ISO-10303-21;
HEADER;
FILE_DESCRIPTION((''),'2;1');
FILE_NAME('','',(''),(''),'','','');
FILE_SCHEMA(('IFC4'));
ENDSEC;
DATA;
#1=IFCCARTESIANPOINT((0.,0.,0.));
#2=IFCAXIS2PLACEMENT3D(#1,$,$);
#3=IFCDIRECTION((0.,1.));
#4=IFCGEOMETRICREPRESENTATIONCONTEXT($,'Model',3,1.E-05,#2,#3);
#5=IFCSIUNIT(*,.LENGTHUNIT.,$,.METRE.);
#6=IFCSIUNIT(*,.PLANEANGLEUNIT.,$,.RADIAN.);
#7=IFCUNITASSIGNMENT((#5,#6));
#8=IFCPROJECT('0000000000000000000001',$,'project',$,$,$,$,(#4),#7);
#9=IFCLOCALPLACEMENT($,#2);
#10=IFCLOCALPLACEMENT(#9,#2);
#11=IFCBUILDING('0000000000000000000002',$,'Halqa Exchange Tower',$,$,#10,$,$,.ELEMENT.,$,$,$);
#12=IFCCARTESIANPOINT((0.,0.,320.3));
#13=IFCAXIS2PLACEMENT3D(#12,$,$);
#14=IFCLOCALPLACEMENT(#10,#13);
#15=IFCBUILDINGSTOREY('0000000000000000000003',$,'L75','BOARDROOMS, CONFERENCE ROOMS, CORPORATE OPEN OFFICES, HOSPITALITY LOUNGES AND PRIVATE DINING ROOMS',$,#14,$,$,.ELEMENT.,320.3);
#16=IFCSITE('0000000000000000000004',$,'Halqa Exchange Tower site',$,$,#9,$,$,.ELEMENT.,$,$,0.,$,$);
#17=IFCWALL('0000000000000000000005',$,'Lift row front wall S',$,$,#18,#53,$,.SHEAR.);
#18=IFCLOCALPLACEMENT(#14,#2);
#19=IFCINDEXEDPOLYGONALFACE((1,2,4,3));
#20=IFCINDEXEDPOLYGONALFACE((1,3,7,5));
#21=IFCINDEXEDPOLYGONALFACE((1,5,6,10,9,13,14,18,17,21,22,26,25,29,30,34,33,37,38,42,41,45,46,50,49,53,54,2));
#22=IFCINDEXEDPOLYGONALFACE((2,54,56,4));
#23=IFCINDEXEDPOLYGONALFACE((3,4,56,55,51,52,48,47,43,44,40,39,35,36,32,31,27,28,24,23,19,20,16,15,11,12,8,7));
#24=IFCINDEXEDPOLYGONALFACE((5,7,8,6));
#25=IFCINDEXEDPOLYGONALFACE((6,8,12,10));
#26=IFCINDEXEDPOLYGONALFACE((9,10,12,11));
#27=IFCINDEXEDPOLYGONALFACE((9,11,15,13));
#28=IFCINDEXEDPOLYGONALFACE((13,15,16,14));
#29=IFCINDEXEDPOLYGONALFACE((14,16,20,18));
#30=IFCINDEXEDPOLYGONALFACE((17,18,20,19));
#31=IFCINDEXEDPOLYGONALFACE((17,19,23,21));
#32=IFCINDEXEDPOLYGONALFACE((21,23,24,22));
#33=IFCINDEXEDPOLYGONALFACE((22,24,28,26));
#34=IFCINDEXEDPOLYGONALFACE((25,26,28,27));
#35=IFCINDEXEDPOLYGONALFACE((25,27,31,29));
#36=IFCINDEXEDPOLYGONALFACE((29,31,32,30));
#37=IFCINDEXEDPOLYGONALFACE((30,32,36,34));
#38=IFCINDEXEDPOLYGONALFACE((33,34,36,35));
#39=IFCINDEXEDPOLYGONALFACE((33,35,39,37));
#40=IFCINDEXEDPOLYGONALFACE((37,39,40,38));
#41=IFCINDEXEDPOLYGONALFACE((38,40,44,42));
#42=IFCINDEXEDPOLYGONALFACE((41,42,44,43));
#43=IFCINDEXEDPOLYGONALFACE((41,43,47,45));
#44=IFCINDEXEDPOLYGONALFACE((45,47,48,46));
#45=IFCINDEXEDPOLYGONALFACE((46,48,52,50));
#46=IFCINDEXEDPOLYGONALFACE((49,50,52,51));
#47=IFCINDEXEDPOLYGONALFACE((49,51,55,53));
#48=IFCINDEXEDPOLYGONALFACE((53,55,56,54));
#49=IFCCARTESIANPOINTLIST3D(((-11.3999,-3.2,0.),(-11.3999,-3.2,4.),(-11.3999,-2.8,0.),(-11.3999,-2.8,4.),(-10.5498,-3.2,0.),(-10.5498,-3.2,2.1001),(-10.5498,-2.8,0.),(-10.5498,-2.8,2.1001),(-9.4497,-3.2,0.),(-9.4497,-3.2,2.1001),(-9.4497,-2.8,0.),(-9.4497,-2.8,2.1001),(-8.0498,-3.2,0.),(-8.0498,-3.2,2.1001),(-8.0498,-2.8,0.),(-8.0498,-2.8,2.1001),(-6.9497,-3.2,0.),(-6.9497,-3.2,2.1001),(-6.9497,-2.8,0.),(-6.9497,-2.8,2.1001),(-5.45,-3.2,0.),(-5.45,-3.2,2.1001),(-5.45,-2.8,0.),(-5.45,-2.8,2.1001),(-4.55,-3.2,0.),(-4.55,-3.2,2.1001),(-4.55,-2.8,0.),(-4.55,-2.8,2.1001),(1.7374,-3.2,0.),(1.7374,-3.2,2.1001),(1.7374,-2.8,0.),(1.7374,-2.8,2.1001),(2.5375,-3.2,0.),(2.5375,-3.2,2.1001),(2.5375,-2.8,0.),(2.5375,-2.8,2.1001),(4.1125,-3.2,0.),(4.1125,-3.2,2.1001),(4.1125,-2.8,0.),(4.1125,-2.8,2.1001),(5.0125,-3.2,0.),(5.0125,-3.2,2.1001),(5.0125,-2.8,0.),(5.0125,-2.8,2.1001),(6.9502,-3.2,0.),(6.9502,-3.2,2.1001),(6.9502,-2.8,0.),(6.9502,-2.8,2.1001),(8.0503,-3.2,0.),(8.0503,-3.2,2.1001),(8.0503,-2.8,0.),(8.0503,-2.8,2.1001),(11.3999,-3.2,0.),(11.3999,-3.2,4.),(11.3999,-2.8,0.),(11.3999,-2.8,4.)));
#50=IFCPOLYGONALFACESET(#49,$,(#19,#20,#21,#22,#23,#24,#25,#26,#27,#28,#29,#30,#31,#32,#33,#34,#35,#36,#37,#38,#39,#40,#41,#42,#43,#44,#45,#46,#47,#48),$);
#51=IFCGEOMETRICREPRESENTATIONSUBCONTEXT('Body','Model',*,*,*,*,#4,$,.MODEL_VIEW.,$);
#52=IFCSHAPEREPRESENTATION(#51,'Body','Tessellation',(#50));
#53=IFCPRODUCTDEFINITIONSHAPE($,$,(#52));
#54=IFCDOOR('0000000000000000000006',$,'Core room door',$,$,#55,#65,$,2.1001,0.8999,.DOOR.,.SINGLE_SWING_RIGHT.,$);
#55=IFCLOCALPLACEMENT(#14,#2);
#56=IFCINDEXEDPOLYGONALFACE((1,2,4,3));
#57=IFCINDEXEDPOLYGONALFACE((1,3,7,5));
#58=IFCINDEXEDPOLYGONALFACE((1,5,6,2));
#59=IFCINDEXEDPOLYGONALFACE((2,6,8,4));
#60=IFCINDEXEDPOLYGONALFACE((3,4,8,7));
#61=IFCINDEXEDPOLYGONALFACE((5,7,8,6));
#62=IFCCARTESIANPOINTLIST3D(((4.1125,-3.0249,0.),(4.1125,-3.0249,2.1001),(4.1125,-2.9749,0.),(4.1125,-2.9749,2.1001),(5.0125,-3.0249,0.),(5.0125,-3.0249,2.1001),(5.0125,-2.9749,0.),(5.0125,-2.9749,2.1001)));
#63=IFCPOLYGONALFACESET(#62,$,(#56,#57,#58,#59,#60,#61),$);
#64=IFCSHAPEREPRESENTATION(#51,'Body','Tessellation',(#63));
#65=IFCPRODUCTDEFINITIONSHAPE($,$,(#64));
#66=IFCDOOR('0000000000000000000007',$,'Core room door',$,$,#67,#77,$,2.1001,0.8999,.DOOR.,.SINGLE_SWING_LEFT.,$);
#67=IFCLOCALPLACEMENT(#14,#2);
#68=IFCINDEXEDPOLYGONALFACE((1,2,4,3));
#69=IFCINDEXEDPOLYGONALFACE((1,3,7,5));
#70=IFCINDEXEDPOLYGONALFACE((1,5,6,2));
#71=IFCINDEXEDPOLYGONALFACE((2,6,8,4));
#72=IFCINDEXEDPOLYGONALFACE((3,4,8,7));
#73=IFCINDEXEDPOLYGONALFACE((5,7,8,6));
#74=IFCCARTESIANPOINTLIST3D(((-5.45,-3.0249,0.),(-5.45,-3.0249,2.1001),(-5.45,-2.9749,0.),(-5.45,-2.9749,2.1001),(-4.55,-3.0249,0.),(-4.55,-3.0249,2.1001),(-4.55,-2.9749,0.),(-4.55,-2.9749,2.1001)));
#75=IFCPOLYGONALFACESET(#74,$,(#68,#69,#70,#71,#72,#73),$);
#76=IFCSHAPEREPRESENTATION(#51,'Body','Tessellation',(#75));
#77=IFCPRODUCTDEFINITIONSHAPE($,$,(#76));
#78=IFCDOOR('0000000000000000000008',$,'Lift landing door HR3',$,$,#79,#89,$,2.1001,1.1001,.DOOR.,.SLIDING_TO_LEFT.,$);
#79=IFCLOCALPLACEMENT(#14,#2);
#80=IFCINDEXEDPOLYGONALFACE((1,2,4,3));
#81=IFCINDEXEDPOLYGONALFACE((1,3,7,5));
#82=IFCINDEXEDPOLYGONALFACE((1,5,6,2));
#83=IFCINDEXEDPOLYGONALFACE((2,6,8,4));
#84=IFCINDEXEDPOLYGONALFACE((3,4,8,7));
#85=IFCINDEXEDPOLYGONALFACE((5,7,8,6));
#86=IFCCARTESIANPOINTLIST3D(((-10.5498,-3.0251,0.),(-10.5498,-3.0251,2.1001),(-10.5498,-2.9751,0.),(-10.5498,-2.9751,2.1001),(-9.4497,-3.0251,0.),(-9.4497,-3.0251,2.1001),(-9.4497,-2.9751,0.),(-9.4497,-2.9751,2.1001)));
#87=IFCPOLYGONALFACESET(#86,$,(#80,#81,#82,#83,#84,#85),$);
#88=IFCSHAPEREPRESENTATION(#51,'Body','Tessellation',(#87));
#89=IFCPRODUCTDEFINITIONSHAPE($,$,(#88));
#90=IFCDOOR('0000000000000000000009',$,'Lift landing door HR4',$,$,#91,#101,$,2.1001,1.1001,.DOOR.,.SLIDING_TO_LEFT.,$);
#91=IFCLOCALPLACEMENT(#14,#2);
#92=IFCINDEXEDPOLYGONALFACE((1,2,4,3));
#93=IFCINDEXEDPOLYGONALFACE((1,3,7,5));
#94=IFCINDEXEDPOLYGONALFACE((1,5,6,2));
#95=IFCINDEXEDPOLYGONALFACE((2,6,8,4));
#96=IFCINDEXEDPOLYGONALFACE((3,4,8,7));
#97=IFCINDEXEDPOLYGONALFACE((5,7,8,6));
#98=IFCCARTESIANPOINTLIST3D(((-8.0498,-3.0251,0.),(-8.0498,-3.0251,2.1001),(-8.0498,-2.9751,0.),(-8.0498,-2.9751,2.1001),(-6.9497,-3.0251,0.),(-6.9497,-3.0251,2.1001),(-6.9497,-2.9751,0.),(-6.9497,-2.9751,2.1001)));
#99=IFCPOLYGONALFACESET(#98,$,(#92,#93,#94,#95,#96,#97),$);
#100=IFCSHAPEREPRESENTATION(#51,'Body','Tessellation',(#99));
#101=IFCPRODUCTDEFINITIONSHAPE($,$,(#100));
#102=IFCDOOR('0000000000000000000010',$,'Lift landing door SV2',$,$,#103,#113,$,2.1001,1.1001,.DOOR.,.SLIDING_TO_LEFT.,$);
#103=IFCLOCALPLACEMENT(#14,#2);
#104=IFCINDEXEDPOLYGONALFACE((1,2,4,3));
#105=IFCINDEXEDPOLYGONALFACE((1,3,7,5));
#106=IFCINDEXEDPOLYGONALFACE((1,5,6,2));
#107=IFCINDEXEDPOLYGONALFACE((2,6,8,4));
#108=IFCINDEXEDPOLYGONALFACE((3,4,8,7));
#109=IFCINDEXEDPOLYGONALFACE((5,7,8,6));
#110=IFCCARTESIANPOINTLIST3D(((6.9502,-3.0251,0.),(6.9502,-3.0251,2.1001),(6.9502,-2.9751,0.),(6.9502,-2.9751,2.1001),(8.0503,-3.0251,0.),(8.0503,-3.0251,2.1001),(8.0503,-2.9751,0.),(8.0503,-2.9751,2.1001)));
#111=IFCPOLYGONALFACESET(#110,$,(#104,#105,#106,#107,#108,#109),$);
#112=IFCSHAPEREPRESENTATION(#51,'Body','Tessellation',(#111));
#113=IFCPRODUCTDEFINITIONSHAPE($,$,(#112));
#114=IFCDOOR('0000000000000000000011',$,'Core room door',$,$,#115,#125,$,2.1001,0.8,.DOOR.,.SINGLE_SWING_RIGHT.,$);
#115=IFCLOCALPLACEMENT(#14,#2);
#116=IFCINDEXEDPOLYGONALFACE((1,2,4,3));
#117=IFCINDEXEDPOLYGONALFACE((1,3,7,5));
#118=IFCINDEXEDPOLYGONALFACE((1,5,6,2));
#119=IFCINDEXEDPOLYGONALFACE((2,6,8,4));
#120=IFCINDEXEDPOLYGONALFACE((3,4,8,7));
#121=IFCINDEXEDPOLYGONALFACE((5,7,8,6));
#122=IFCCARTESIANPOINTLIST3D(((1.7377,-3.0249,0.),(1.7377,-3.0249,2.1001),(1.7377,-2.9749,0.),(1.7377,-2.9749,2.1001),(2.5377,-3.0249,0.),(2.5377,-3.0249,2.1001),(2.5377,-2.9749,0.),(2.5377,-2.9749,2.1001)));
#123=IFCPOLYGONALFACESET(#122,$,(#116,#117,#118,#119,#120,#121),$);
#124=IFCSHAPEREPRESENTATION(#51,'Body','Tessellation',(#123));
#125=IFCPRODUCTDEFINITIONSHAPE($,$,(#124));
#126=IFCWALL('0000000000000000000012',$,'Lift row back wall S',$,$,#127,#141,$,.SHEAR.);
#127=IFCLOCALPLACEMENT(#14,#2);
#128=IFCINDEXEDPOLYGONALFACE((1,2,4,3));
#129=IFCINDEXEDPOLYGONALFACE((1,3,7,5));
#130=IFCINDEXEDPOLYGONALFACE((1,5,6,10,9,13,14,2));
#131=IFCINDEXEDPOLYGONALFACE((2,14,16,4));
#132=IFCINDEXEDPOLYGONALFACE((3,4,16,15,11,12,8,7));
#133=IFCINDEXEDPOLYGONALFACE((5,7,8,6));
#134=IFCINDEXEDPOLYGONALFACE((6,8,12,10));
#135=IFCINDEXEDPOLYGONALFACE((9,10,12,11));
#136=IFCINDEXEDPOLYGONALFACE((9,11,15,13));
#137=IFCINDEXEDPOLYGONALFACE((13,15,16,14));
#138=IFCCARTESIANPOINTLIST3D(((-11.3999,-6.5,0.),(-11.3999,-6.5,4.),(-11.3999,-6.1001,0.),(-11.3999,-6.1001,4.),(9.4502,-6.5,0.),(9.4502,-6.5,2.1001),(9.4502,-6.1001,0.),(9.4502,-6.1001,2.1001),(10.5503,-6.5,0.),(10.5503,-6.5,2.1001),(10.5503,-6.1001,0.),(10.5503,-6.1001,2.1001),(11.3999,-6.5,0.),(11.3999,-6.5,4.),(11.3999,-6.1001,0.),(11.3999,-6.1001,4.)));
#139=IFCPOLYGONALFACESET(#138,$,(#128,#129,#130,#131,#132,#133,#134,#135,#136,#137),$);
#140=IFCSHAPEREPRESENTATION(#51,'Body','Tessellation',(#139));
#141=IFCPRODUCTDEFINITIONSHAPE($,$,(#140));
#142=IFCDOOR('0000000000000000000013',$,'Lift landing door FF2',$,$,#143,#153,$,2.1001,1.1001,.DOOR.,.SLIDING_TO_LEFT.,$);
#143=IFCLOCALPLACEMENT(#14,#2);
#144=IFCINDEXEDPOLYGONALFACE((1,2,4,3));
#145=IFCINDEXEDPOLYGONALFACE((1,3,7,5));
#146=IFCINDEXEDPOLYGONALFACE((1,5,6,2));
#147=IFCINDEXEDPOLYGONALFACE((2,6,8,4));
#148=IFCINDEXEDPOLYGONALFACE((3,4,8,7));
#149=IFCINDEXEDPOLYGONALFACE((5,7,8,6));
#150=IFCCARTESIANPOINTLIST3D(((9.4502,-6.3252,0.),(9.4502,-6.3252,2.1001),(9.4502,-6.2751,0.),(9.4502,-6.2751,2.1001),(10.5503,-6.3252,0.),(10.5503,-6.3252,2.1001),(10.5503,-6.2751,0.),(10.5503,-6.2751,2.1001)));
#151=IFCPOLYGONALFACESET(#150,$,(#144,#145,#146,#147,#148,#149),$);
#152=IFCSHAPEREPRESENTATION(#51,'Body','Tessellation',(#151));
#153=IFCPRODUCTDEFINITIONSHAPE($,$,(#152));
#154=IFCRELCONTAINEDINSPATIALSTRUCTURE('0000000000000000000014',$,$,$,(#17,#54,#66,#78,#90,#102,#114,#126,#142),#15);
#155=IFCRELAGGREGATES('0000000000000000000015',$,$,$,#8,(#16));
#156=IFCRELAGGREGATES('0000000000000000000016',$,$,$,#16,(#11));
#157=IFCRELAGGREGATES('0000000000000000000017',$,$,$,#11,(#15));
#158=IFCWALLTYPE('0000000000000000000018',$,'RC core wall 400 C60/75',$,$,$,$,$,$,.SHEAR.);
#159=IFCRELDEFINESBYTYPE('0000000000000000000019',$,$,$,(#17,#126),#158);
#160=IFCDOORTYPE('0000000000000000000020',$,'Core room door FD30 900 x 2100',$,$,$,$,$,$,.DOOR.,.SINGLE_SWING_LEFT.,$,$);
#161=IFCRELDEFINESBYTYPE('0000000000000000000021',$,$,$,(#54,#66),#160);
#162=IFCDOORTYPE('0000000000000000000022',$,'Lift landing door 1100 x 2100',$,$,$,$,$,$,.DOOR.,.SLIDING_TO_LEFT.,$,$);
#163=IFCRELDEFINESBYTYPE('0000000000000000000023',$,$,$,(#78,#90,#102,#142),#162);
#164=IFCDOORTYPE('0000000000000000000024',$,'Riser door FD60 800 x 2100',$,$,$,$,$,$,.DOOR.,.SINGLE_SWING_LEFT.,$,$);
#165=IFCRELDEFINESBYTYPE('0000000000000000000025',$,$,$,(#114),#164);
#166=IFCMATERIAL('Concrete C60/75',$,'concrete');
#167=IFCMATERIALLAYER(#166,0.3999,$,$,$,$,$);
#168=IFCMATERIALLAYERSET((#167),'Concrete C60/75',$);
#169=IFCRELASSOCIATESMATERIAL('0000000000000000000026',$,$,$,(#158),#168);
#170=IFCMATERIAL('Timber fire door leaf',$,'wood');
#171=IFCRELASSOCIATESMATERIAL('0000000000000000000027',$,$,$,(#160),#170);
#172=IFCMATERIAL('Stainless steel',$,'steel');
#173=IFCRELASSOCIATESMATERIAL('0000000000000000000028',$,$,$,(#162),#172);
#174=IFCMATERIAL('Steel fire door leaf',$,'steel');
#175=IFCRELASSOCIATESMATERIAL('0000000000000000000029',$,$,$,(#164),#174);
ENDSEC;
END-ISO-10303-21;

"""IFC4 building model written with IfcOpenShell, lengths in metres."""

from ifc_helpers import new_model, si_unit, direction, frame, frame_2d, origin, place, context, subcontext, project, spatial, rectangle, extrude, material, layer, layer_set, type_object, element, fill, save


model = new_model("IFC4")

# Units and contexts
model_context = context("Model", 3, precision=1e-05, world=origin(), true_north=direction((0.0, 1.0)))
body_context = subcontext(model_context, "Body", "Model", "MODEL_VIEW")
ifc_project = project(units=[si_unit("LENGTHUNIT", "METRE"), si_unit("PLANEANGLEUNIT", "RADIAN")], contexts=[model_context])

# Site, building, storey
site_placement = place(None, origin())
site = spatial("IfcSite", under=ifc_project, at=site_placement, Name="Halqa Exchange Tower site", CompositionType="ELEMENT", RefElevation=0.0)
building_placement = place(site_placement, origin())
building = spatial("IfcBuilding", under=site, at=building_placement, Name="Halqa Exchange Tower", CompositionType="ELEMENT")
storey_placement = place(building_placement, frame((0.0, 0.0, 320.3)))
storey = spatial("IfcBuildingStorey", under=building, at=storey_placement, Name="L75", Description="BOARDROOMS, CONFERENCE ROOMS, CORPORATE OPEN OFFICES, HOSPITALITY LOUNGES AND PRIVATE DINING ROOMS", CompositionType="ELEMENT", Elevation=320.3)

# Shared definitions
ifc_material_1 = material(Name="Concrete C60/75", Category="concrete")

# Wall, openings, doors
ifc_layer_1 = layer(ifc_material_1, 0.3999)
ifc_layer_set_1 = layer_set([ifc_layer_1], Name="Concrete C60/75")
wall_type_1 = type_object("IfcWallType", Name="RC core wall 400 C60/75", PredefinedType="SHEAR", material=ifc_layer_set_1)
wall_1_placement = place(storey_placement, frame((-11.3999, -3.0, 0.0), z_axis=(0.0, 0.0, 1.0), x_axis=(1.0, 0.0, 0.0)))
wall_1 = element("IfcWall", 1, at=wall_1_placement, inside=storey, type_object=wall_type_1, Name="Lift row front wall S", PredefinedType="SHEAR", context=body_context, shape_type="SweptSolid", body=[
    extrude(rectangle(XDim=22.7998, YDim=0.3999, at=frame_2d((11.3999, 0.0))), origin(), (0.0, 0.0, 1.0), 4.0),
])
opening_1_placement = place(wall_1_placement, frame((0.8501, 0.0, 0.0)))
opening_1 = element("IfcOpeningElement", 2, at=opening_1_placement, cuts=wall_1, PredefinedType="OPENING", context=body_context, shape_type="SweptSolid", body=[
    extrude(rectangle(XDim=1.1001, YDim=2.1001, at=frame_2d((0.55, 1.05))), frame((0.0, 0.2119, 0.0), z_axis=(0.0, -1.0, 0.0), x_axis=(1.0, 0.0, 0.0)), (0.0, 0.0, 1.0), 0.4238),
])
opening_2_placement = place(wall_1_placement, frame((3.3501, 0.0, 0.0)))
opening_2 = element("IfcOpeningElement", 3, at=opening_2_placement, cuts=wall_1, PredefinedType="OPENING", context=body_context, shape_type="SweptSolid", body=[
    extrude(rectangle(XDim=1.1001, YDim=2.1001, at=frame_2d((0.55, 1.05))), frame((0.0, 0.2119, 0.0), z_axis=(0.0, -1.0, 0.0), x_axis=(1.0, 0.0, 0.0)), (0.0, 0.0, 1.0), 0.4238),
])
opening_3_placement = place(wall_1_placement, frame((18.3501, 0.0, 0.0)))
opening_3 = element("IfcOpeningElement", 4, at=opening_3_placement, cuts=wall_1, PredefinedType="OPENING", context=body_context, shape_type="SweptSolid", body=[
    extrude(rectangle(XDim=1.1001, YDim=2.1001, at=frame_2d((0.55, 1.05))), frame((0.0, 0.2119, 0.0), z_axis=(0.0, -1.0, 0.0), x_axis=(1.0, 0.0, 0.0)), (0.0, 0.0, 1.0), 0.4238),
])
opening_4_placement = place(wall_1_placement, frame((13.1375, 0.0, 0.0)))
opening_4 = element("IfcOpeningElement", 5, at=opening_4_placement, cuts=wall_1, PredefinedType="OPENING", context=body_context, shape_type="SweptSolid", body=[
    extrude(rectangle(XDim=0.8, YDim=2.1001, at=frame_2d((0.3999, 1.05))), frame((0.0, 0.2119, 0.0), z_axis=(0.0, -1.0, 0.0), x_axis=(1.0, 0.0, 0.0)), (0.0, 0.0, 1.0), 0.4238),
])
opening_5_placement = place(wall_1_placement, frame((15.5125, 0.0, 0.0)))
opening_5 = element("IfcOpeningElement", 6, at=opening_5_placement, cuts=wall_1, PredefinedType="OPENING", context=body_context, shape_type="SweptSolid", body=[
    extrude(rectangle(XDim=0.8999, YDim=2.1001, at=frame_2d((0.45, 1.05))), frame((0.0, 0.2119, 0.0), z_axis=(0.0, -1.0, 0.0), x_axis=(1.0, 0.0, 0.0)), (0.0, 0.0, 1.0), 0.4238),
])
opening_6_placement = place(wall_1_placement, frame((5.95, 0.0, 0.0)))
opening_6 = element("IfcOpeningElement", 7, at=opening_6_placement, cuts=wall_1, PredefinedType="OPENING", context=body_context, shape_type="SweptSolid", body=[
    extrude(rectangle(XDim=0.8999, YDim=2.1001, at=frame_2d((0.45, 1.05))), frame((0.0, 0.2119, 0.0), z_axis=(0.0, -1.0, 0.0), x_axis=(1.0, 0.0, 0.0)), (0.0, 0.0, 1.0), 0.4238),
])
ifc_material_2 = material(Name="Timber fire door leaf", Category="wood")
door_type_1 = type_object("IfcDoorType", Name="Core room door FD30 900 x 2100", OperationType="SINGLE_SWING_LEFT", PredefinedType="DOOR", material=ifc_material_2)
door_1_placement = place(opening_5_placement, frame((0.8999, 0.0, 0.0), z_axis=(0.0, 0.0, 1.0), x_axis=(-1.0, 0.0, 0.0)))
door_1 = element("IfcDoor", 8, at=door_1_placement, inside=storey, type_object=door_type_1, Name="Core room door", OperationType="SINGLE_SWING_RIGHT", OverallHeight=2.1001, OverallWidth=0.8999, PredefinedType="DOOR", context=body_context, shape_type="SweptSolid", body=[
    extrude(rectangle(XDim=0.8999, YDim=2.1001, at=frame_2d((0.45, 1.05))), frame((0.0, 0.0249, 0.0), z_axis=(0.0, -1.0, 0.0), x_axis=(1.0, 0.0, 0.0)), (0.0, 0.0, 1.0), 0.05),
])
fill(opening_5, door_1)
door_2_placement = place(opening_6_placement, frame((0.8999, 0.0, 0.0), z_axis=(0.0, 0.0, 1.0), x_axis=(-1.0, 0.0, 0.0)))
door_2 = element("IfcDoor", 9, at=door_2_placement, inside=storey, type_object=door_type_1, Name="Core room door", OperationType="SINGLE_SWING_LEFT", OverallHeight=2.1001, OverallWidth=0.8999, PredefinedType="DOOR", context=body_context, shape_type="SweptSolid", body=[
    extrude(rectangle(XDim=0.8999, YDim=2.1001, at=frame_2d((0.45, 1.05))), frame((0.0, 0.0249, 0.0), z_axis=(0.0, -1.0, 0.0), x_axis=(1.0, 0.0, 0.0)), (0.0, 0.0, 1.0), 0.05),
])
fill(opening_6, door_2)
ifc_material_3 = material(Name="Stainless steel", Category="steel")
door_type_2 = type_object("IfcDoorType", Name="Lift landing door 1100 x 2100", OperationType="SLIDING_TO_LEFT", PredefinedType="DOOR", material=ifc_material_3)
door_3_placement = place(opening_1_placement, origin())
door_3 = element("IfcDoor", 10, at=door_3_placement, inside=storey, type_object=door_type_2, Name="Lift landing door HR3", OperationType="SLIDING_TO_LEFT", OverallHeight=2.1001, OverallWidth=1.1001, PredefinedType="DOOR", context=body_context, shape_type="SweptSolid", body=[
    extrude(rectangle(XDim=1.1001, YDim=2.1001, at=frame_2d((0.55, 1.05))), frame((0.0, 0.0249, 0.0), z_axis=(0.0, -1.0, 0.0), x_axis=(1.0, 0.0, 0.0)), (0.0, 0.0, 1.0), 0.05),
])
fill(opening_1, door_3)
door_4_placement = place(opening_2_placement, origin())
door_4 = element("IfcDoor", 11, at=door_4_placement, inside=storey, type_object=door_type_2, Name="Lift landing door HR4", OperationType="SLIDING_TO_LEFT", OverallHeight=2.1001, OverallWidth=1.1001, PredefinedType="DOOR", context=body_context, shape_type="SweptSolid", body=[
    extrude(rectangle(XDim=1.1001, YDim=2.1001, at=frame_2d((0.55, 1.05))), frame((0.0, 0.0249, 0.0), z_axis=(0.0, -1.0, 0.0), x_axis=(1.0, 0.0, 0.0)), (0.0, 0.0, 1.0), 0.05),
])
fill(opening_2, door_4)
door_5_placement = place(opening_3_placement, origin())
door_5 = element("IfcDoor", 12, at=door_5_placement, inside=storey, type_object=door_type_2, Name="Lift landing door SV2", OperationType="SLIDING_TO_LEFT", OverallHeight=2.1001, OverallWidth=1.1001, PredefinedType="DOOR", context=body_context, shape_type="SweptSolid", body=[
    extrude(rectangle(XDim=1.1001, YDim=2.1001, at=frame_2d((0.55, 1.05))), frame((0.0, 0.0249, 0.0), z_axis=(0.0, -1.0, 0.0), x_axis=(1.0, 0.0, 0.0)), (0.0, 0.0, 1.0), 0.05),
])
fill(opening_3, door_5)
ifc_material_4 = material(Name="Steel fire door leaf", Category="steel")
door_type_3 = type_object("IfcDoorType", Name="Riser door FD60 800 x 2100", OperationType="SINGLE_SWING_LEFT", PredefinedType="DOOR", material=ifc_material_4)
door_6_placement = place(opening_4_placement, frame((0.8, 0.0, 0.0), z_axis=(0.0, 0.0, 1.0), x_axis=(-1.0, 0.0, 0.0)))
door_6 = element("IfcDoor", 13, at=door_6_placement, inside=storey, type_object=door_type_3, Name="Core room door", OperationType="SINGLE_SWING_RIGHT", OverallHeight=2.1001, OverallWidth=0.8, PredefinedType="DOOR", context=body_context, shape_type="SweptSolid", body=[
    extrude(rectangle(XDim=0.8, YDim=2.1001, at=frame_2d((0.3999, 1.05))), frame((0.0, 0.0249, 0.0), z_axis=(0.0, -1.0, 0.0), x_axis=(1.0, 0.0, 0.0)), (0.0, 0.0, 1.0), 0.05),
])
fill(opening_4, door_6)

# Wall, opening, door
wall_2_placement = place(storey_placement, frame((-11.3999, -6.3, 0.0), z_axis=(0.0, 0.0, 1.0), x_axis=(1.0, 0.0, 0.0)))
wall_2 = element("IfcWall", 14, at=wall_2_placement, inside=storey, type_object=wall_type_1, Name="Lift row back wall S", PredefinedType="SHEAR", context=body_context, shape_type="SweptSolid", body=[
    extrude(rectangle(XDim=22.7998, YDim=0.3999, at=frame_2d((11.3999, 0.0))), origin(), (0.0, 0.0, 1.0), 4.0),
])
opening_7_placement = place(wall_2_placement, frame((20.8501, 0.0, 0.0)))
opening_7 = element("IfcOpeningElement", 15, at=opening_7_placement, cuts=wall_2, PredefinedType="OPENING", context=body_context, shape_type="SweptSolid", body=[
    extrude(rectangle(XDim=1.1001, YDim=2.1001, at=frame_2d((0.55, 1.05))), frame((0.0, 0.2119, 0.0), z_axis=(0.0, -1.0, 0.0), x_axis=(1.0, 0.0, 0.0)), (0.0, 0.0, 1.0), 0.4238),
])
door_7_placement = place(opening_7_placement, origin())
door_7 = element("IfcDoor", 16, at=door_7_placement, inside=storey, type_object=door_type_2, Name="Lift landing door FF2", OperationType="SLIDING_TO_LEFT", OverallHeight=2.1001, OverallWidth=1.1001, PredefinedType="DOOR", context=body_context, shape_type="SweptSolid", body=[
    extrude(rectangle(XDim=1.1001, YDim=2.1001, at=frame_2d((0.55, 1.05))), frame((0.0, 0.0249, 0.0), z_axis=(0.0, -1.0, 0.0), x_axis=(1.0, 0.0, 0.0)), (0.0, 0.0, 1.0), 0.05),
])
fill(opening_7, door_7)

save(model, "model.ifc")
